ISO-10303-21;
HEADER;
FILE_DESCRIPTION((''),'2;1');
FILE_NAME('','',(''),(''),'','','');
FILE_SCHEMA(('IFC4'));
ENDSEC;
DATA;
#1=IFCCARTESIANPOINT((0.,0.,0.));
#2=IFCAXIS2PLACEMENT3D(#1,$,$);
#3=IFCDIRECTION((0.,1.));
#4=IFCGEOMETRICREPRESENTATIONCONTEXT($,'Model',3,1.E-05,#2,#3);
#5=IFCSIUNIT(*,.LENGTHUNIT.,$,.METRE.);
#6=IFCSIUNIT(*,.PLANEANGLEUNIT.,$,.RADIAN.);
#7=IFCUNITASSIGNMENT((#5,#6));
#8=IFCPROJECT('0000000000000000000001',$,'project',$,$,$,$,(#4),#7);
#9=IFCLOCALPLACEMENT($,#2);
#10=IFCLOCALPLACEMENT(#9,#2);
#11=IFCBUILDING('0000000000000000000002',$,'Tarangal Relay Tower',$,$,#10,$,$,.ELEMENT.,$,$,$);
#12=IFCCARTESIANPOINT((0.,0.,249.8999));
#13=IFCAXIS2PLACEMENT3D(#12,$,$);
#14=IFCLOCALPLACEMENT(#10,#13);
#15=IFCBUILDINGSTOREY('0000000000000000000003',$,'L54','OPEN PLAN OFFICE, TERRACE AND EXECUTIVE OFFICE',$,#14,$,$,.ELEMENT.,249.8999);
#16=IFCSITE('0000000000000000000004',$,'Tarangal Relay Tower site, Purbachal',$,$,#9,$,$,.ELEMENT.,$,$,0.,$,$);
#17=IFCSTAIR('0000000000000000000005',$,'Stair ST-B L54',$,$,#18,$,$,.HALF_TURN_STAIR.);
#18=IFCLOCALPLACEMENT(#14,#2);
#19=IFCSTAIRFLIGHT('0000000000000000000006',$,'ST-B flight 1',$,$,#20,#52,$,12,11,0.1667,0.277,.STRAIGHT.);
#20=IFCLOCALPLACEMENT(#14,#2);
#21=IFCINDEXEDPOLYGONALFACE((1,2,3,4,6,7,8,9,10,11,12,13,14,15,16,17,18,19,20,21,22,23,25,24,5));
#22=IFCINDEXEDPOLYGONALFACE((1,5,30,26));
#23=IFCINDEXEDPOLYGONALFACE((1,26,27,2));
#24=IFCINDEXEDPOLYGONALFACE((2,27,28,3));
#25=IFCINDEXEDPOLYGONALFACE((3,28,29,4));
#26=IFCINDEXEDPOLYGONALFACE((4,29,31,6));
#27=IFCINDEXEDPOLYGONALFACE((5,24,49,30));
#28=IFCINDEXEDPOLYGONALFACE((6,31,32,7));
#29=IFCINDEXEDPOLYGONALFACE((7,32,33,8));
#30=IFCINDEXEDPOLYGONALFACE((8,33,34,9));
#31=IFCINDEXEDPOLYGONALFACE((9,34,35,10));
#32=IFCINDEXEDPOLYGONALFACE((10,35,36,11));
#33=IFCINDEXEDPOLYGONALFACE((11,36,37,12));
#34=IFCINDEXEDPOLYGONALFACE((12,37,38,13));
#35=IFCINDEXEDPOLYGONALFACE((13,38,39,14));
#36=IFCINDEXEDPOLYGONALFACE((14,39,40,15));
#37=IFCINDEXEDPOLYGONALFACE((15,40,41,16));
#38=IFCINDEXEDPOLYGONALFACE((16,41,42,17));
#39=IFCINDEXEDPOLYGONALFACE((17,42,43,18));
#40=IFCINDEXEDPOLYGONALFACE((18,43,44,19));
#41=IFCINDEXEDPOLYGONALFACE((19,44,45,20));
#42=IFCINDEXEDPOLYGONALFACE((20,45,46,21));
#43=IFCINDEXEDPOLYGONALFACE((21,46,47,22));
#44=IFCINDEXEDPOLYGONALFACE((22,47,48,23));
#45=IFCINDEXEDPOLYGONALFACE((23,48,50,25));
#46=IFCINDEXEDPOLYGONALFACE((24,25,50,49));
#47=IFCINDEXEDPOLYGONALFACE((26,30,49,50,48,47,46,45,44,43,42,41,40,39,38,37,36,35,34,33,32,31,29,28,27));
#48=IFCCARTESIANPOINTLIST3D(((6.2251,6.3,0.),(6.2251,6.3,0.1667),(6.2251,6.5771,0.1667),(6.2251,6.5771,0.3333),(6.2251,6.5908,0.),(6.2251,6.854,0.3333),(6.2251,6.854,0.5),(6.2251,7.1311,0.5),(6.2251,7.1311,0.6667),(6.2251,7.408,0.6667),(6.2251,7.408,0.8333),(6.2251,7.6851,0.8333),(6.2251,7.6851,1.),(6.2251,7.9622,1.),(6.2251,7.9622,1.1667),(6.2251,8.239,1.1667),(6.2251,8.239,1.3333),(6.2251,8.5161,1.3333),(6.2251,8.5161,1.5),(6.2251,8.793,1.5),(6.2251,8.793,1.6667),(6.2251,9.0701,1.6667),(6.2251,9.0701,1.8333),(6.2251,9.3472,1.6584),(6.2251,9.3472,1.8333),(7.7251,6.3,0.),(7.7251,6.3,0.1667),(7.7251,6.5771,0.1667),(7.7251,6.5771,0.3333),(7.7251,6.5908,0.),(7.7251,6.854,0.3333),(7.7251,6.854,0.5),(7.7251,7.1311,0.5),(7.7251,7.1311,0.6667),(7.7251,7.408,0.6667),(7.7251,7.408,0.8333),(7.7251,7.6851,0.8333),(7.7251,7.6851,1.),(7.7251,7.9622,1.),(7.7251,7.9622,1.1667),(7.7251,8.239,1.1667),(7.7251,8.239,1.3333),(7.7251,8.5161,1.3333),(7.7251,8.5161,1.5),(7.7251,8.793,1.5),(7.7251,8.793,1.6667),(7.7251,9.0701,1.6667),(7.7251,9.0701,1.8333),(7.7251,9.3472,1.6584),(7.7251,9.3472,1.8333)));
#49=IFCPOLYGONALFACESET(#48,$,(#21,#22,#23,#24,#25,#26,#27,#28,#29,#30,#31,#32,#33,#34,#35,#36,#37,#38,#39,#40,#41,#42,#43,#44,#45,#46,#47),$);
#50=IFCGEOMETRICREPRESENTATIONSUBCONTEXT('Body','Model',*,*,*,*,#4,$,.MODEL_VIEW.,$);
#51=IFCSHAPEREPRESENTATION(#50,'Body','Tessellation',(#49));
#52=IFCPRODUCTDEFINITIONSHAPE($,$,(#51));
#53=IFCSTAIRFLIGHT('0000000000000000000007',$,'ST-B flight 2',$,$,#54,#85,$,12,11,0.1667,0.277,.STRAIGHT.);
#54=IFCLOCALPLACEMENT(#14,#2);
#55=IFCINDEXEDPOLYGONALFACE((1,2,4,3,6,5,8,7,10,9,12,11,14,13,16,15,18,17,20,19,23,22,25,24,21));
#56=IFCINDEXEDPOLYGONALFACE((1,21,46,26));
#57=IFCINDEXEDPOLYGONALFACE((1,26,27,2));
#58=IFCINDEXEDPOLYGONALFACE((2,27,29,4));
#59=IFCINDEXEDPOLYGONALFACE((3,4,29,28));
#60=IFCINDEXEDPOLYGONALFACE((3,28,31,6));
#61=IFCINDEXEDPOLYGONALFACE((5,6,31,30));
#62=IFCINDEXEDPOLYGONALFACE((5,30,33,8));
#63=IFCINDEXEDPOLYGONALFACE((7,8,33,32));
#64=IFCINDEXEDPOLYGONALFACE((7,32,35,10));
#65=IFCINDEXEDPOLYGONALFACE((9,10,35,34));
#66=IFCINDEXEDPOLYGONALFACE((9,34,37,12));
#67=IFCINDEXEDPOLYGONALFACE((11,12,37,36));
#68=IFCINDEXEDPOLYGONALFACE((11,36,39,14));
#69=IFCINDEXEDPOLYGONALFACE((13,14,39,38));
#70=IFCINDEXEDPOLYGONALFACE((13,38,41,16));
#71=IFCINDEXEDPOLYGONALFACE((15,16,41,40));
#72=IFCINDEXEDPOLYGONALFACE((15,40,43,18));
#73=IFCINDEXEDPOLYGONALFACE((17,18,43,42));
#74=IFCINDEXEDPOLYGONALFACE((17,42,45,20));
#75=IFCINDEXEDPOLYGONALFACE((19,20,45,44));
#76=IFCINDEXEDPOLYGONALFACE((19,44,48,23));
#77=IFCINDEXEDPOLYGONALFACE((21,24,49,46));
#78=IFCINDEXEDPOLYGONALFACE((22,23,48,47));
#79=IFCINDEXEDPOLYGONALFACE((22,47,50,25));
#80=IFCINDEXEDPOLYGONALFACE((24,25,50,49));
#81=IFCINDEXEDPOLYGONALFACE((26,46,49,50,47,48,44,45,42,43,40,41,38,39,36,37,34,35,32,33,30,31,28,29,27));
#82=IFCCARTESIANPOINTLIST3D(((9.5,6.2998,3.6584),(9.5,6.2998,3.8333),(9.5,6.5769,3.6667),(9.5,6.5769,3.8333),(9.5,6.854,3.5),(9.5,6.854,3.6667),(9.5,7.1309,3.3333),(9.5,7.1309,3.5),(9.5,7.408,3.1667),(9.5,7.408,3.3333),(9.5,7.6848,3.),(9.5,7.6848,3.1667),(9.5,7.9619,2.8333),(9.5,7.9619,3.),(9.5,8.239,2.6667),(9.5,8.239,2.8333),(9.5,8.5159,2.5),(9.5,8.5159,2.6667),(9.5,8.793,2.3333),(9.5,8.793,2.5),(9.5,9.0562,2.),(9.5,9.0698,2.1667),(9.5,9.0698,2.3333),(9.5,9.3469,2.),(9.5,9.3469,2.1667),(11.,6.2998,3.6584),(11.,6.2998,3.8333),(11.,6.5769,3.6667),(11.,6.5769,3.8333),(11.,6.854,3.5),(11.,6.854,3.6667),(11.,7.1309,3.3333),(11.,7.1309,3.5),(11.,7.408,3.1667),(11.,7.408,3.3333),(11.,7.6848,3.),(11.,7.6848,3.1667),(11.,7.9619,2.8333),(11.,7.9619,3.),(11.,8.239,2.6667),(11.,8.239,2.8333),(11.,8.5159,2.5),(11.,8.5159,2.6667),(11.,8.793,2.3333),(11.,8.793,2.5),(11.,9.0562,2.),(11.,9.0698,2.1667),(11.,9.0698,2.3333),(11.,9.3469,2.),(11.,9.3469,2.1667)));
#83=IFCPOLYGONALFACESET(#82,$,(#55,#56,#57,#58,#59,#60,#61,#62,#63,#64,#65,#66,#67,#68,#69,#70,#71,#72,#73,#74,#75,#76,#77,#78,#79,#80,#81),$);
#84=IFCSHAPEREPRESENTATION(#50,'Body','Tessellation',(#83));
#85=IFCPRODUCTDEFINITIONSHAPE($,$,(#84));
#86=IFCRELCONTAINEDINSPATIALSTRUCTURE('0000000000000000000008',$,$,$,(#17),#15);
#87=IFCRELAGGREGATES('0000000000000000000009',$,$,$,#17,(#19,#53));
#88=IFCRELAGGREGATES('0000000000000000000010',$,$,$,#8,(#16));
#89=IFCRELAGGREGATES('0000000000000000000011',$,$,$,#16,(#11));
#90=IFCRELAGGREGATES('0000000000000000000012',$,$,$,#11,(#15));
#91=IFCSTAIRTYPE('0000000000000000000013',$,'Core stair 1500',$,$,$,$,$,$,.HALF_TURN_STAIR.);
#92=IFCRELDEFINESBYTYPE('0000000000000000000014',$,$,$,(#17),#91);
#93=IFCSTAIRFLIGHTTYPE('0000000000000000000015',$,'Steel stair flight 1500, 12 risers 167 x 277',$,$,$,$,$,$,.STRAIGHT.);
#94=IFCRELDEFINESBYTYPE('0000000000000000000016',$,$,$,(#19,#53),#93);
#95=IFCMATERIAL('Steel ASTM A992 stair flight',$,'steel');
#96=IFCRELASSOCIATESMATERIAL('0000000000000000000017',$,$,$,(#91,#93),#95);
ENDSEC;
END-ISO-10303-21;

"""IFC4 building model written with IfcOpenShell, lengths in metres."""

from ifc_helpers import new_model, si_unit, direction, frame, origin, place, context, subcontext, project, spatial, polyline, outline, extrude, material, type_object, element, aggregate, save


model = new_model("IFC4")

# Units and contexts
model_context = context("Model", 3, precision=1e-05, world=origin(), true_north=direction((0.0, 1.0)))
body_context = subcontext(model_context, "Body", "Model", "MODEL_VIEW")
ifc_project = project(units=[si_unit("LENGTHUNIT", "METRE"), si_unit("PLANEANGLEUNIT", "RADIAN")], contexts=[model_context])

# Site, building, storey
site_placement = place(None, origin())
site = spatial("IfcSite", under=ifc_project, at=site_placement, Name="Tarangal Relay Tower site, Purbachal", CompositionType="ELEMENT", RefElevation=0.0)
building_placement = place(site_placement, origin())
building = spatial("IfcBuilding", under=site, at=building_placement, Name="Tarangal Relay Tower", CompositionType="ELEMENT")
storey_placement = place(building_placement, frame((0.0, 0.0, 249.8999)))
storey = spatial("IfcBuildingStorey", under=building, at=storey_placement, Name="L54", Description="OPEN PLAN OFFICE, TERRACE AND EXECUTIVE OFFICE", CompositionType="ELEMENT", Elevation=249.8999)

# Stair
ifc_material_1 = material(Name="Steel ASTM A992 stair flight", Category="steel")
stair_type = type_object("IfcStairType", Name="Core stair 1500", PredefinedType="HALF_TURN_STAIR", material=ifc_material_1)
stair_1_placement = place(storey_placement, origin())
stair_1 = element("IfcStair", 1, at=stair_1_placement, inside=storey, type_object=stair_type, Name="Stair ST-B L54", PredefinedType="HALF_TURN_STAIR")

# Stair flights
stair_flight_type = type_object("IfcStairFlightType", Name="Steel stair flight 1500, 12 risers 167 x 277", PredefinedType="STRAIGHT", material=ifc_material_1)
stair_flight_1_placement = place(storey_placement, frame((6.9751, 6.3, 0.0), z_axis=(0.0, 0.0, 1.0), x_axis=(0.0, 1.0, 0.0)))
stair_flight_1 = element("IfcStairFlight", 2, at=stair_flight_1_placement, type_object=stair_flight_type, Name="ST-B flight 1", NumberOfRisers=12, NumberOfTreads=11, PredefinedType="STRAIGHT", RiserHeight=0.1667, TreadLength=0.277, context=body_context, shape_type="SweptSolid", body=[
    extrude(outline(polyline([(0.0, 0.0), (0.0, 0.1667), (0.2771, 0.1667), (0.2771, 0.3333), (0.554, 0.3333), (0.554, 0.5), (0.8311, 0.5), (0.8311, 0.6667), (1.1079, 0.6667), (1.1079, 0.8333), (1.385, 0.8333), (1.385, 1.0), (1.6621, 1.0), (1.6621, 1.1667), (1.939, 1.1667), (1.939, 1.3333), (2.2161, 1.3333), (2.2161, 1.5), (2.4929, 1.5), (2.4929, 1.6667), (2.77, 1.6667), (2.77, 1.8333), (3.0471, 1.8333), (3.0471, 2.0), (3.0471, 1.6584), (0.2908, 0.0), (0.0, 0.0)])), frame((0.0, 0.75, 0.0), z_axis=(0.0, -1.0, 0.0), x_axis=(1.0, 0.0, 0.0)), (0.0, 0.0, 1.0), 1.5),
])
stair_flight_2_placement = place(storey_placement, frame((10.25, 9.3469, 2.0), z_axis=(0.0, 0.0, 1.0), x_axis=(0.0, -1.0, 0.0)))
stair_flight_2 = element("IfcStairFlight", 3, at=stair_flight_2_placement, type_object=stair_flight_type, Name="ST-B flight 2", NumberOfRisers=12, NumberOfTreads=11, PredefinedType="STRAIGHT", RiserHeight=0.1667, TreadLength=0.277, context=body_context, shape_type="SweptSolid", body=[
    extrude(outline(polyline([(0.0, 0.0), (0.0, 0.1667), (0.2771, 0.1667), (0.2771, 0.3333), (0.554, 0.3333), (0.554, 0.5), (0.8311, 0.5), (0.8311, 0.6667), (1.1079, 0.6667), (1.1079, 0.8333), (1.385, 0.8333), (1.385, 1.0), (1.6621, 1.0), (1.6621, 1.1667), (1.939, 1.1667), (1.939, 1.3333), (2.2161, 1.3333), (2.2161, 1.5), (2.4929, 1.5), (2.4929, 1.6667), (2.77, 1.6667), (2.77, 1.8333), (3.0471, 1.8333), (3.0471, 2.0), (3.0471, 1.6584), (0.2908, 0.0), (0.0, 0.0)])), frame((0.0, 0.75, 0.0), z_axis=(0.0, -1.0, 0.0), x_axis=(1.0, 0.0, 0.0)), (0.0, 0.0, 1.0), 1.5),
])
aggregate(stair_1, [stair_flight_1, stair_flight_2])

save(model, "model.ifc")
